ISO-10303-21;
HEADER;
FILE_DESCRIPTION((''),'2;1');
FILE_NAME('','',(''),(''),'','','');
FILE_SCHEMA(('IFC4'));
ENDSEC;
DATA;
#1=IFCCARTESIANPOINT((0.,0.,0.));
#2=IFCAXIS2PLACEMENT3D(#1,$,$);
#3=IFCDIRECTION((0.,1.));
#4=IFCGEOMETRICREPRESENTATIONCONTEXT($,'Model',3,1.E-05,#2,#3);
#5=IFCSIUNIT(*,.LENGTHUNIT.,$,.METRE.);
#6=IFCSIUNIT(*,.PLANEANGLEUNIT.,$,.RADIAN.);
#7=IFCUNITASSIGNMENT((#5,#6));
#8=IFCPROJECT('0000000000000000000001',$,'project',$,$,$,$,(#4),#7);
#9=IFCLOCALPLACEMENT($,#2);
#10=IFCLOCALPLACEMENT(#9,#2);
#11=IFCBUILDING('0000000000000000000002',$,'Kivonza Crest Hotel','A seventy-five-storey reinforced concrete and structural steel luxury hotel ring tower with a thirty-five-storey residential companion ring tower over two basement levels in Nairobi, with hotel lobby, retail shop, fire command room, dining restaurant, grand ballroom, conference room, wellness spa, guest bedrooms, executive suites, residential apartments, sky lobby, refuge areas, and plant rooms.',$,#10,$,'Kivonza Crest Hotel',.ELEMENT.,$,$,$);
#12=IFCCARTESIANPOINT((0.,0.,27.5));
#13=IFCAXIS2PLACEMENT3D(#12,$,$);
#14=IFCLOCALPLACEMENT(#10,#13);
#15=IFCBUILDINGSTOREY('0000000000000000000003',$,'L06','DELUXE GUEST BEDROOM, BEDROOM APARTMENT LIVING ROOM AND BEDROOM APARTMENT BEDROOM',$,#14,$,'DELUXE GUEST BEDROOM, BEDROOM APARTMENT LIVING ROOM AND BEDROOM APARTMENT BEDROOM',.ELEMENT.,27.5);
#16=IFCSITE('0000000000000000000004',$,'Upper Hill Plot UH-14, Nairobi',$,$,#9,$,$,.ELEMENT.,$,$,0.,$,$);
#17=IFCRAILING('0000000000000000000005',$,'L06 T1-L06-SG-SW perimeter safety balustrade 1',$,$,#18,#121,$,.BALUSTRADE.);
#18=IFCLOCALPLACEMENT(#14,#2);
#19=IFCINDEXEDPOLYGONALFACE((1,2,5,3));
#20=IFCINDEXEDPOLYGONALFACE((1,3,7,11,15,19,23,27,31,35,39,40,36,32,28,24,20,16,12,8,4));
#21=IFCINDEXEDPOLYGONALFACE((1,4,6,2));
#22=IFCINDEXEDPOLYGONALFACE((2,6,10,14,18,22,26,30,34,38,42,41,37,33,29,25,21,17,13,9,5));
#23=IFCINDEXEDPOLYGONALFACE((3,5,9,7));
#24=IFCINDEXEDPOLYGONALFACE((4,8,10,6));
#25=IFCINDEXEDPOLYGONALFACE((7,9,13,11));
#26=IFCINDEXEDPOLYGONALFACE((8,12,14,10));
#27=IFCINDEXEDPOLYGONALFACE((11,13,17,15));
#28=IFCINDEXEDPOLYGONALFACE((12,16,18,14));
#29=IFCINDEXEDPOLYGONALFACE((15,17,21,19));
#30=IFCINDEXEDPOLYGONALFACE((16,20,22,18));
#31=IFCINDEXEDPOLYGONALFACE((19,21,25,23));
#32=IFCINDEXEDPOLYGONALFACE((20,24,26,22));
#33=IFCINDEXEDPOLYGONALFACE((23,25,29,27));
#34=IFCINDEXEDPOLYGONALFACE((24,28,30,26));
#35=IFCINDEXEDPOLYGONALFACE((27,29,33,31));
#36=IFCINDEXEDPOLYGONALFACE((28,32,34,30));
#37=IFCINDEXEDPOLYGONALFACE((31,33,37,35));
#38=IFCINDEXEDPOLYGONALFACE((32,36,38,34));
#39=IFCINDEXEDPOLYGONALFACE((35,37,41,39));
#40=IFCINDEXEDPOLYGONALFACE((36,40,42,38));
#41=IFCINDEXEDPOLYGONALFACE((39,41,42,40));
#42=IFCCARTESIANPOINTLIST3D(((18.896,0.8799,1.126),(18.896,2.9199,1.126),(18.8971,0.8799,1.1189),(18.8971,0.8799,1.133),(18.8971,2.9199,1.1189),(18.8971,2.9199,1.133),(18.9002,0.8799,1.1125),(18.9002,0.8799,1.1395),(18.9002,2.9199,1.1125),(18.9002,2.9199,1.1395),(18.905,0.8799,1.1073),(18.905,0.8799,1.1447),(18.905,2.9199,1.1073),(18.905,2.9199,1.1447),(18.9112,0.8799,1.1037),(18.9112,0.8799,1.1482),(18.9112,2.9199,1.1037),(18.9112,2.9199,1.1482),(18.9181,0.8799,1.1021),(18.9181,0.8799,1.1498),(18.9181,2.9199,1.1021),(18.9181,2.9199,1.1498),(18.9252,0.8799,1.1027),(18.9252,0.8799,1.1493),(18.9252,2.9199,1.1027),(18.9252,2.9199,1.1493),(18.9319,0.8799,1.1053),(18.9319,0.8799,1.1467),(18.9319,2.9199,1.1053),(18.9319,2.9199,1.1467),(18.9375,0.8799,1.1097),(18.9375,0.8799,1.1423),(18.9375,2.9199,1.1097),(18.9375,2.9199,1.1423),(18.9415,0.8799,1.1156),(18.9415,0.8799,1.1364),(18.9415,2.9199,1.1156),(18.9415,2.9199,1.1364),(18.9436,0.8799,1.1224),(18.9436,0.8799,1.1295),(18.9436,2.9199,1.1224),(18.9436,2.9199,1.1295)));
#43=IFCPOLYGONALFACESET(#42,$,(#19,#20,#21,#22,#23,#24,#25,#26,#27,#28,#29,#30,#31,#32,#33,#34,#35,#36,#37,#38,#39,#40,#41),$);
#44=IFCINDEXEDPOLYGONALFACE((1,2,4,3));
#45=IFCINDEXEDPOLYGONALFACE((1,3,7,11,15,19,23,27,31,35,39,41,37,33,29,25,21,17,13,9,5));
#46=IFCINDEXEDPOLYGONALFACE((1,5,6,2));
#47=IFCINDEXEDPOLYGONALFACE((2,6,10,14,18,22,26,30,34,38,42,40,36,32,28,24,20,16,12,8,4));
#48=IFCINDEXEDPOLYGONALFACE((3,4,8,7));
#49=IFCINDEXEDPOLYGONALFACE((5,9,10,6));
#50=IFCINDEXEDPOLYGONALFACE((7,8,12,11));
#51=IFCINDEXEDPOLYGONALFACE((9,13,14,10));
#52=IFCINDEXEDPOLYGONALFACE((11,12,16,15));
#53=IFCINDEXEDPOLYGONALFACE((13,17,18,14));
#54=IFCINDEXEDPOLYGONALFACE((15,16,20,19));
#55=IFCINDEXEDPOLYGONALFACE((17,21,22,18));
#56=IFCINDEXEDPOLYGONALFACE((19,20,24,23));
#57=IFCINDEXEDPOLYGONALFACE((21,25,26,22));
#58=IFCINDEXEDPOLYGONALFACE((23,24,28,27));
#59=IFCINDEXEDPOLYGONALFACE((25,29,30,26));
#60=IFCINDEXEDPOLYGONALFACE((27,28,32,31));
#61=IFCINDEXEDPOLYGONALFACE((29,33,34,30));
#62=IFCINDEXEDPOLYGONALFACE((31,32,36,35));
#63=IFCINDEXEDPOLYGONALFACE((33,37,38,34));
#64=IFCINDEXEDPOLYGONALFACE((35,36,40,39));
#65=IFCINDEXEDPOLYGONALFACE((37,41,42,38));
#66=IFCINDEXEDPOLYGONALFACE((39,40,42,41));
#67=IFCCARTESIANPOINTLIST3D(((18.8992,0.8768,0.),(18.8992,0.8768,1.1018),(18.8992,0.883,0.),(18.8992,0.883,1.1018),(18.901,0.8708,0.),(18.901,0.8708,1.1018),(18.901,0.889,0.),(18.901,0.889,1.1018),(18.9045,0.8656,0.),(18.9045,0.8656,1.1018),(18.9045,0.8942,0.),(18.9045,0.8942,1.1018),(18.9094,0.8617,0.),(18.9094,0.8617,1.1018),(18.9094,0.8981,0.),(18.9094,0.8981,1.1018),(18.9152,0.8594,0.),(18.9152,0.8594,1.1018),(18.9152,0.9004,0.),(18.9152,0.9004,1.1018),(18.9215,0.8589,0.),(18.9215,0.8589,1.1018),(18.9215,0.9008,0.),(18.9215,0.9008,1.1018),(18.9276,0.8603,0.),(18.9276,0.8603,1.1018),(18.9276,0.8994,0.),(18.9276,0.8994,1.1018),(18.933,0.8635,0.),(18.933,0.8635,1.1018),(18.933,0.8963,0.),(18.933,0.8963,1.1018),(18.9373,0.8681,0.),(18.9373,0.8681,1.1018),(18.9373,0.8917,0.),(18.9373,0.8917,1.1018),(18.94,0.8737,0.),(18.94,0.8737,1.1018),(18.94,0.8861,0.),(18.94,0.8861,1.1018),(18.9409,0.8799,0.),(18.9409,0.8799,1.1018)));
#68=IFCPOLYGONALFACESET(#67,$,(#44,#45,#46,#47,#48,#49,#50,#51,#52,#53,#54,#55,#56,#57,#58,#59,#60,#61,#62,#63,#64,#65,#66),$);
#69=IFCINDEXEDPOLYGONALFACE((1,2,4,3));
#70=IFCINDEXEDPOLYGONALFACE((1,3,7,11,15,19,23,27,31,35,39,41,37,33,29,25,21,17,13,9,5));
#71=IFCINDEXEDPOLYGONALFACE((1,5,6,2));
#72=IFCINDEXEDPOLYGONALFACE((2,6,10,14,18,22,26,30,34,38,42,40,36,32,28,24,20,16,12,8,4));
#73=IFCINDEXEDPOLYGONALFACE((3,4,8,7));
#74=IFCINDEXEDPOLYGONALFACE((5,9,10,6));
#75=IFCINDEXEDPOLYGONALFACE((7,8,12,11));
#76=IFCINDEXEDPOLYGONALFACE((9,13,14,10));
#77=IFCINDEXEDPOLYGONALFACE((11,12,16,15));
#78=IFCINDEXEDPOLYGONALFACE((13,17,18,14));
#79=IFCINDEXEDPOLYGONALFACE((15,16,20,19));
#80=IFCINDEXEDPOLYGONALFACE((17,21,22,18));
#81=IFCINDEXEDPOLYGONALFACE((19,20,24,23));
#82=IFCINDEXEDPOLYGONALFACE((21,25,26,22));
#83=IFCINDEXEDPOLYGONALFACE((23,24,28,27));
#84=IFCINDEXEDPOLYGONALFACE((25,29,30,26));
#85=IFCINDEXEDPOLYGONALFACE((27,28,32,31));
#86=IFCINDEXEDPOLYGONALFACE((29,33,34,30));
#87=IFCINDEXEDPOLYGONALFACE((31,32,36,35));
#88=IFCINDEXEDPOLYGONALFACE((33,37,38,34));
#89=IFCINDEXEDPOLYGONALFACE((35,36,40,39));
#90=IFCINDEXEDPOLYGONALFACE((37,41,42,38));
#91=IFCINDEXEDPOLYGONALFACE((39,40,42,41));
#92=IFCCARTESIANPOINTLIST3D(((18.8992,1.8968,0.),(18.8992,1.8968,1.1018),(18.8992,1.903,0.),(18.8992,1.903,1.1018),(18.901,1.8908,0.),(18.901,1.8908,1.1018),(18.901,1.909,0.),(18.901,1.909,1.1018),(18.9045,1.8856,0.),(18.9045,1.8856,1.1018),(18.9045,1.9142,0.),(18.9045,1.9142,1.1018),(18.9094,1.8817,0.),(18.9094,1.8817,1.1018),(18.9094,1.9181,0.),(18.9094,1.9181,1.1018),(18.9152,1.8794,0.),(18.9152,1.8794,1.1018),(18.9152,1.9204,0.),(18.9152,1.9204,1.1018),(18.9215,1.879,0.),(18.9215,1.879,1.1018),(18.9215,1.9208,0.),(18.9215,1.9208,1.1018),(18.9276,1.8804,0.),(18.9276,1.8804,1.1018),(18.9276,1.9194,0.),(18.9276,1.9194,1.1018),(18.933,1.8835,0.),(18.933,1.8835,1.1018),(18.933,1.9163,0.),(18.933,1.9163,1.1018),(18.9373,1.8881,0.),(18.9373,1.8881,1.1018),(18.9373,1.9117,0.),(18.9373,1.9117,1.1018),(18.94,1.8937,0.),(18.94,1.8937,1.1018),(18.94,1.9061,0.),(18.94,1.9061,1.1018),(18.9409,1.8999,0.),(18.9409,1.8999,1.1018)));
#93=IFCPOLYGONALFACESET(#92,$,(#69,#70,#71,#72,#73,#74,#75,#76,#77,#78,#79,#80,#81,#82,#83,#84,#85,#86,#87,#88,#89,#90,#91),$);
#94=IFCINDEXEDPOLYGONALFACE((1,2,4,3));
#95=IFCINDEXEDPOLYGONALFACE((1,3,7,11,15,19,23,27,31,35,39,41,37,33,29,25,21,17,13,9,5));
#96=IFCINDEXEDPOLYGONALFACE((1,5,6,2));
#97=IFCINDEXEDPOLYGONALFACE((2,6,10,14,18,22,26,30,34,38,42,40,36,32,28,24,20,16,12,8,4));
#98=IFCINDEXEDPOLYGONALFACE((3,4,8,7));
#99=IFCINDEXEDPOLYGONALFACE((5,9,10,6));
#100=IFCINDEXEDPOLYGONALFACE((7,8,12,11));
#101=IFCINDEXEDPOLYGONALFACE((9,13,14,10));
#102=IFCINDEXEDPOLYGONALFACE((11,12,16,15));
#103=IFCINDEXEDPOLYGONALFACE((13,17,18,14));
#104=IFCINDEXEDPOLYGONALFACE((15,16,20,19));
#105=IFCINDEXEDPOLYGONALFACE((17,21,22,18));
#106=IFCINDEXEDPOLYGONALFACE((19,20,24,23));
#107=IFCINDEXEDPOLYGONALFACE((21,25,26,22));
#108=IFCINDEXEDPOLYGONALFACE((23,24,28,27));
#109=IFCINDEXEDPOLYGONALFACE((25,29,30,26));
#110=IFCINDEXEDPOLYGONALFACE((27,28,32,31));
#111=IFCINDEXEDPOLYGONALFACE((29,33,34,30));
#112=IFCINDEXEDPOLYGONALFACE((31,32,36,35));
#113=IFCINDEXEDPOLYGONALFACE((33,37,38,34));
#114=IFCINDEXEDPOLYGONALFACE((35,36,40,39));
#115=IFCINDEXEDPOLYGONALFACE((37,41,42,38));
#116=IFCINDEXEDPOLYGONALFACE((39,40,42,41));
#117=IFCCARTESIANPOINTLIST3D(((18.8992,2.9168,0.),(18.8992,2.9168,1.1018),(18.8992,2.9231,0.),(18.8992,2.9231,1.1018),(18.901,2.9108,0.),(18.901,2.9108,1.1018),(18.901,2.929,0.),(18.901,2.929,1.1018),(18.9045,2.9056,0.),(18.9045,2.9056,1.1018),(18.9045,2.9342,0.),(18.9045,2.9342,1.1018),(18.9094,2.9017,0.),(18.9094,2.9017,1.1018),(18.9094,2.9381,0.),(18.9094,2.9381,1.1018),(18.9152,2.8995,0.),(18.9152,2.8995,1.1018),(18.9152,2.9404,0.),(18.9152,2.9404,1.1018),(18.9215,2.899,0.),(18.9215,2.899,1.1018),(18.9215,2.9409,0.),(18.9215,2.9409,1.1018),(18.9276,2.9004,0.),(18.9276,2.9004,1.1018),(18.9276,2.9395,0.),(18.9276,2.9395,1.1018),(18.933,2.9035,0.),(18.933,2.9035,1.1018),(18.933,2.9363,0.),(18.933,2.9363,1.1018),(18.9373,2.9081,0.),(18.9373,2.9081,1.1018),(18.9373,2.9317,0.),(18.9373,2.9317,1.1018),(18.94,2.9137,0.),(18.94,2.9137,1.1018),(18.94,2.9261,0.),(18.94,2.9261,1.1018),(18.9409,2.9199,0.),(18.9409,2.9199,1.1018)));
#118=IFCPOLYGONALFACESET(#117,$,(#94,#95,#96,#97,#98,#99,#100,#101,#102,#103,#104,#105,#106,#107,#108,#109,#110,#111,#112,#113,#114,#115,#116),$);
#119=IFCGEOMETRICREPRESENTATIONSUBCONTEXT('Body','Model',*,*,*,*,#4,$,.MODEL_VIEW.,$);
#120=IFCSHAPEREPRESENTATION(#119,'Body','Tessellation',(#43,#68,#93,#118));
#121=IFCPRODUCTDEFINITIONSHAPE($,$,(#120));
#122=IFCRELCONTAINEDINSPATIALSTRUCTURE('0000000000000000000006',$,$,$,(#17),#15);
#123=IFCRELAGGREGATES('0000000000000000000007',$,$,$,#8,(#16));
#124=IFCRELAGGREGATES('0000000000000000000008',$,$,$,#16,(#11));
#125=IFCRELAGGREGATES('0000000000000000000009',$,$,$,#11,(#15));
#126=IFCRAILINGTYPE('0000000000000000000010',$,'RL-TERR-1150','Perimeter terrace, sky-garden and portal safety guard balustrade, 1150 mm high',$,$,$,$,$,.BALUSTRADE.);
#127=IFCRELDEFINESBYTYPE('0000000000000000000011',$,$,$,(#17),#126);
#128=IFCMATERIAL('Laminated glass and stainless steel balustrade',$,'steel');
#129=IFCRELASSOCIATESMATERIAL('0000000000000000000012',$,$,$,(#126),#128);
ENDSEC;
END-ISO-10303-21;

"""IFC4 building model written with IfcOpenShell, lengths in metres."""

from ifc_helpers import new_model, si_unit, direction, frame, origin, origin_2d, place, context, subcontext, project, spatial, circle, extrude, material, type_object, element, save


model = new_model("IFC4")

# Units and contexts
model_context = context("Model", 3, precision=1e-05, world=origin(), true_north=direction((0.0, 1.0)))
body_context = subcontext(model_context, "Body", "Model", "MODEL_VIEW")
ifc_project = project(units=[si_unit("LENGTHUNIT", "METRE"), si_unit("PLANEANGLEUNIT", "RADIAN")], contexts=[model_context])

# Site, building, storey
site_placement = place(None, origin())
site = spatial("IfcSite", under=ifc_project, at=site_placement, Name="Upper Hill Plot UH-14, Nairobi", CompositionType="ELEMENT", RefElevation=0.0)
building_placement = place(site_placement, origin())
building = spatial("IfcBuilding", under=site, at=building_placement, Name="Kivonza Crest Hotel", Description="A seventy-five-storey reinforced concrete and structural steel luxury hotel ring tower with a thirty-five-storey residential companion ring tower over two basement levels in Nairobi, with hotel lobby, retail shop, fire command room, dining restaurant, grand ballroom, conference room, wellness spa, guest bedrooms, executive suites, residential apartments, sky lobby, refuge areas, and plant rooms.", LongName="Kivonza Crest Hotel", CompositionType="ELEMENT")
storey_placement = place(building_placement, frame((0.0, 0.0, 27.5)))
storey = spatial("IfcBuildingStorey", under=building, at=storey_placement, Name="L06", Description="DELUXE GUEST BEDROOM, BEDROOM APARTMENT LIVING ROOM AND BEDROOM APARTMENT BEDROOM", LongName="DELUXE GUEST BEDROOM, BEDROOM APARTMENT LIVING ROOM AND BEDROOM APARTMENT BEDROOM", CompositionType="ELEMENT", Elevation=27.5)

# Railing
ifc_material_1 = material(Name="Laminated glass and stainless steel balustrade", Category="steel")
railing_type = type_object("IfcRailingType", Name="RL-TERR-1150", Description="Perimeter terrace, sky-garden and portal safety guard balustrade, 1150 mm high", PredefinedType="BALUSTRADE", material=ifc_material_1)
railing_1_placement = place(storey_placement, frame((18.9199, 0.8799, 0.0)))
element("IfcRailing", 1, at=railing_1_placement, inside=storey, type_object=railing_type, Name="L06 T1-L06-SG-SW perimeter safety balustrade 1", PredefinedType="BALUSTRADE", context=body_context, shape_type="SweptSolid", body=[
    extrude(circle(Radius=0.0239, at=origin_2d()), frame((0.0, 0.0, 1.126), z_axis=(0.0, 1.0, 0.0), x_axis=(-1.0, 0.0, 0.0)), (0.0, 0.0, 1.0), 2.04),
    extrude(circle(Radius=0.021, at=origin_2d()), origin(), (0.0, 0.0, 1.0), 1.1018),
    extrude(circle(Radius=0.021, at=origin_2d()), frame((0.0, 1.02, 0.0)), (0.0, 0.0, 1.0), 1.1018),
    extrude(circle(Radius=0.021, at=origin_2d()), frame((0.0, 2.04, 0.0)), (0.0, 0.0, 1.0), 1.1018),
])

save(model, "model.ifc")
